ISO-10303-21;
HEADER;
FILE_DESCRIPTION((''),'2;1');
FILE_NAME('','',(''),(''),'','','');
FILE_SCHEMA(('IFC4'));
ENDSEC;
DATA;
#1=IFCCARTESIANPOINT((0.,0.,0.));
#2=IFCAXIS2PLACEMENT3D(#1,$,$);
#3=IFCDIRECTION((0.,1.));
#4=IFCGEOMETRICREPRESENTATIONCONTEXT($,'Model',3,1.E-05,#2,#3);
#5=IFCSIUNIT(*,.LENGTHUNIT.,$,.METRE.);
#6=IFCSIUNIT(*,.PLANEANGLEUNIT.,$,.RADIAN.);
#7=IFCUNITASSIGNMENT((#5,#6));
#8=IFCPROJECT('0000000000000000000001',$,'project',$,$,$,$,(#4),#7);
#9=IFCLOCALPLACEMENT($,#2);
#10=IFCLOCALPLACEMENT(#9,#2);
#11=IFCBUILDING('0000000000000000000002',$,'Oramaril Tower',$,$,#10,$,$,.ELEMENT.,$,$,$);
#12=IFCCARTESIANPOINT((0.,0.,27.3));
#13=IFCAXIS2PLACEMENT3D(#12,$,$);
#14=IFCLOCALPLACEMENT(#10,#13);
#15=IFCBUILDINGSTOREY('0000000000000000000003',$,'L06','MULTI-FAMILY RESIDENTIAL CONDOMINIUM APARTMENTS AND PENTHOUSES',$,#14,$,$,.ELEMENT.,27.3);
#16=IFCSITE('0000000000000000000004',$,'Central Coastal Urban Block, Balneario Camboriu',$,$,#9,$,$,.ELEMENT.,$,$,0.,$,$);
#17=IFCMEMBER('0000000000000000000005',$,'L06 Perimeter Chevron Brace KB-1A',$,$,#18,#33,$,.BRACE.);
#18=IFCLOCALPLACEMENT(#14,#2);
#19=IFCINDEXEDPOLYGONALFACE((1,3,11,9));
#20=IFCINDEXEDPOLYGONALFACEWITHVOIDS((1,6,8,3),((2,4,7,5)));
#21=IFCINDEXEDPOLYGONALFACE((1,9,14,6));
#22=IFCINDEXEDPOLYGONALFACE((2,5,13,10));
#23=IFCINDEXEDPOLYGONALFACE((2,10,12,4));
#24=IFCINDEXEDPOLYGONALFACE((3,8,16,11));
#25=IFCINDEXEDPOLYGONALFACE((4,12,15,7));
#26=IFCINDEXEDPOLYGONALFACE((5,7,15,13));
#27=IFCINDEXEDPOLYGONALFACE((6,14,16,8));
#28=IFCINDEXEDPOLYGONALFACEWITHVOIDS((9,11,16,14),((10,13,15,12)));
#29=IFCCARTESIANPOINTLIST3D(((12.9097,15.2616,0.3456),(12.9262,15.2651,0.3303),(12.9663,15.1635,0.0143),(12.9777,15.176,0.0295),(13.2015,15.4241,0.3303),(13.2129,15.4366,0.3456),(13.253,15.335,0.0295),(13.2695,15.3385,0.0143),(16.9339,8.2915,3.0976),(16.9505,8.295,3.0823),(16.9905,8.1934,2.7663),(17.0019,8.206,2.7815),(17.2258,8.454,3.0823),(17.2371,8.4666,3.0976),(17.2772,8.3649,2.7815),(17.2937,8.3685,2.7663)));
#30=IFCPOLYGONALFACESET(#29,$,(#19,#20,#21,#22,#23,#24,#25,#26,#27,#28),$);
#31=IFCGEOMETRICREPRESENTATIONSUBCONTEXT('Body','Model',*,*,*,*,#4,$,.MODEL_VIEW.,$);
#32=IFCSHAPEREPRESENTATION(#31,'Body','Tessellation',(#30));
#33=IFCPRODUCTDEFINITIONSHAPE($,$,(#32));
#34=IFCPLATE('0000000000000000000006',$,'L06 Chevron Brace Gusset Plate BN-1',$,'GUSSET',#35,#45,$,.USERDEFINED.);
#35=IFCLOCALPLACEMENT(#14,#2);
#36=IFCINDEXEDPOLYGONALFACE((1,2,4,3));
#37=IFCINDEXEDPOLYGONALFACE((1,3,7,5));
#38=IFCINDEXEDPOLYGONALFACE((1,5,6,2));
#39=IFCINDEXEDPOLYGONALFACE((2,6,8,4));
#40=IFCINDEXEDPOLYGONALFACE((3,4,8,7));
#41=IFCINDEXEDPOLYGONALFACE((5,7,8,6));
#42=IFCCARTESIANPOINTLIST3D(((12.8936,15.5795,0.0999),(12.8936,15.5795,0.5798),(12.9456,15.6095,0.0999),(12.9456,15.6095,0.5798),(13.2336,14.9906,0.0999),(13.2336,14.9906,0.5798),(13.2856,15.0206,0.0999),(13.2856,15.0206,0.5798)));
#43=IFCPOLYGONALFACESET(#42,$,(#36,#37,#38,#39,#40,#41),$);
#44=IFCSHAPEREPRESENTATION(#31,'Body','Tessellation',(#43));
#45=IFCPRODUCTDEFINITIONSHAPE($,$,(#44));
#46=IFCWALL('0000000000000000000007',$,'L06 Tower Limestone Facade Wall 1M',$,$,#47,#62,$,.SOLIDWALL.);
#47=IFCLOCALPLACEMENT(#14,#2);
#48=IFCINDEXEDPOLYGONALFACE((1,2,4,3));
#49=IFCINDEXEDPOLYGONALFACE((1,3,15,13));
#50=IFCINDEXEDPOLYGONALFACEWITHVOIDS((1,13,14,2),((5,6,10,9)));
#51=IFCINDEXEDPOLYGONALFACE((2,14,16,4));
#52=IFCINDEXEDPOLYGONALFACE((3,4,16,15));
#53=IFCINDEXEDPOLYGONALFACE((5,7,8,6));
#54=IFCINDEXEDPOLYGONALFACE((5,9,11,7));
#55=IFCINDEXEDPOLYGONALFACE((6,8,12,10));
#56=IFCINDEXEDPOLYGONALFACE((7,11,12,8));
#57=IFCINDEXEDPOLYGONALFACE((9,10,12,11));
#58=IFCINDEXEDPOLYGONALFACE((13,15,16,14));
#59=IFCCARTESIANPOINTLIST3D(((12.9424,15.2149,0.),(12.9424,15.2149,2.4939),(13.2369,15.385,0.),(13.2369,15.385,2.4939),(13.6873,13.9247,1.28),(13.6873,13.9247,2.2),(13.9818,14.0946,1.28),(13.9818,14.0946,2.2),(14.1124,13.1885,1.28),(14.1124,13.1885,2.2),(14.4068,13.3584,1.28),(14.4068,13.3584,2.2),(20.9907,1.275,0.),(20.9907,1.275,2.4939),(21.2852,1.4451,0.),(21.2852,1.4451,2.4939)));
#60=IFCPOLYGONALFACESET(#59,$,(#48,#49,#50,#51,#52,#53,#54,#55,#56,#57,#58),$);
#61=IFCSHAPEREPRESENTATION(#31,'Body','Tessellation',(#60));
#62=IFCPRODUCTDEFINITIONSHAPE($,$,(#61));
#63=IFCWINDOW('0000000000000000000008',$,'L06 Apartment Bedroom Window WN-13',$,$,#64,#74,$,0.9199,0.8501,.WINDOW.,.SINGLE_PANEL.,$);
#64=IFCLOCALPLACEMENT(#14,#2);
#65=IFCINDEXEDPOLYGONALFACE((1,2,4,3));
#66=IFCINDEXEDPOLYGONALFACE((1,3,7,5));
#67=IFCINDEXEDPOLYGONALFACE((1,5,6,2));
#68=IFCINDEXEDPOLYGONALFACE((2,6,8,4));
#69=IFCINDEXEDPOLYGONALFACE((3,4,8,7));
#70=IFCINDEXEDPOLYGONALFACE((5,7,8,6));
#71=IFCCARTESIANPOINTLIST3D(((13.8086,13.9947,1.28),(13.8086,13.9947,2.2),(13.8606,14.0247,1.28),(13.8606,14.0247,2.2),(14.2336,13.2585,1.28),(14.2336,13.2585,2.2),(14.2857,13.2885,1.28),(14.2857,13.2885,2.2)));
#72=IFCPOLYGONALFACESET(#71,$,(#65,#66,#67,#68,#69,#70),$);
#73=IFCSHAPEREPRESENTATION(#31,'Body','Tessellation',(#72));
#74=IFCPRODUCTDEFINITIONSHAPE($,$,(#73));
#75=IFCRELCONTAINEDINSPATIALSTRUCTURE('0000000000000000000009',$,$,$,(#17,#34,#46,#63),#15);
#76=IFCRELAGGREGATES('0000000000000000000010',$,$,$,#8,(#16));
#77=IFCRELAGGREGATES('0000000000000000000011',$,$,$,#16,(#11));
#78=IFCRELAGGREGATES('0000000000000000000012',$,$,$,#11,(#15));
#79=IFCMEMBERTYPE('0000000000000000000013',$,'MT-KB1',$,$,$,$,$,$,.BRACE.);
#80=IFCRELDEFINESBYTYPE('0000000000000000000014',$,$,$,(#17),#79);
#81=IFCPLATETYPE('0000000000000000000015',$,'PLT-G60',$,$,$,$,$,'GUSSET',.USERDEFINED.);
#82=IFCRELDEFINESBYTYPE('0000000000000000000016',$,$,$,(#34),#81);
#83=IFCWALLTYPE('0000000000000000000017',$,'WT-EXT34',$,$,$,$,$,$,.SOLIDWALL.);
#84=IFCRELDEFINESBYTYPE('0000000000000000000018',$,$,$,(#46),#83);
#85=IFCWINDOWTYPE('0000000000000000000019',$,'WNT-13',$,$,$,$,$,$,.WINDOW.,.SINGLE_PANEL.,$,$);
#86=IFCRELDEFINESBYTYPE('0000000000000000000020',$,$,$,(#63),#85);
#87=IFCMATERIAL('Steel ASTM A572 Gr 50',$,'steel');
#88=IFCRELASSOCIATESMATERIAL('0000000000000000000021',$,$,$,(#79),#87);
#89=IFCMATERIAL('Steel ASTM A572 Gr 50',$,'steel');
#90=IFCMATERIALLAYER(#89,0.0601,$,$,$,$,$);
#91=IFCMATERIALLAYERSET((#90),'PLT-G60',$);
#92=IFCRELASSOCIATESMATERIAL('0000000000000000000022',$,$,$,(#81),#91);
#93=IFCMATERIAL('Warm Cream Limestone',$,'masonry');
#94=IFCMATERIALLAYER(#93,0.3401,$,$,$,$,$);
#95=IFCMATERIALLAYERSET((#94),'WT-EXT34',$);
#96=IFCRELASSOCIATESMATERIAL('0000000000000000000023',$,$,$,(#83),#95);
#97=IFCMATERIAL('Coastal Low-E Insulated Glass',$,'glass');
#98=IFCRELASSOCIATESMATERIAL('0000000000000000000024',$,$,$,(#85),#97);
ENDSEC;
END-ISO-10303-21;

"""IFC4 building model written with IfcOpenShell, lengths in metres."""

from ifc_helpers import new_model, si_unit, direction, frame, frame_2d, origin, origin_2d, place, context, subcontext, project, spatial, rectangle, hollow_rectangle, extrude, material, layer, layer_set, material_profile, profile_set, type_object, element, fill, save


model = new_model("IFC4")

# Units and contexts
model_context = context("Model", 3, precision=1e-05, world=origin(), true_north=direction((0.0, 1.0)))
body_context = subcontext(model_context, "Body", "Model", "MODEL_VIEW")
ifc_project = project(units=[si_unit("LENGTHUNIT", "METRE"), si_unit("PLANEANGLEUNIT", "RADIAN")], contexts=[model_context])

# Site, building, storey
site_placement = place(None, origin())
site = spatial("IfcSite", under=ifc_project, at=site_placement, Name="Central Coastal Urban Block, Balneario Camboriu", CompositionType="ELEMENT", RefElevation=0.0)
building_placement = place(site_placement, origin())
building = spatial("IfcBuilding", under=site, at=building_placement, Name="Oramaril Tower", CompositionType="ELEMENT")
storey_placement = place(building_placement, frame((0.0, 0.0, 27.3)))
storey = spatial("IfcBuildingStorey", under=building, at=storey_placement, Name="L06", Description="MULTI-FAMILY RESIDENTIAL CONDOMINIUM APARTMENTS AND PENTHOUSES", CompositionType="ELEMENT", Elevation=27.3)

# Member
ifc_material_1 = material(Name="Steel ASTM A572 Gr 50", Category="steel")
ifc_material_profile_1 = material_profile(ifc_material_1, hollow_rectangle(XDim=0.3501, YDim=0.3501, WallThickness=0.0161, at=origin_2d()), Name="HSS350X350X16")
ifc_profile_set_1 = profile_set([ifc_material_profile_1], Name="Steel ASTM A572 Gr 50")
member_type = type_object("IfcMemberType", Name="MT-KB1", PredefinedType="BRACE", material=ifc_profile_set_1)
member_placement = place(storey_placement, frame((13.0896, 15.3, 0.1799), z_axis=(0.473112, -0.819443, 0.323541), x_axis=(0.866022, 0.500005, 0.0)))
element("IfcMember", 1, at=member_placement, inside=storey, type_object=member_type, Name="L06 Perimeter Chevron Brace KB-1A", PredefinedType="BRACE", context=body_context, shape_type="SweptSolid", body=[
    extrude(hollow_rectangle(XDim=0.3501, YDim=0.3501, WallThickness=0.0161, at=origin_2d()), origin(), (0.0, 0.0, 1.0), 8.5059),
])

# Plate
ifc_material_2 = material(Name="Steel ASTM A572 Gr 50", Category="steel")
ifc_layer_1 = layer(ifc_material_2, 0.0601)
ifc_layer_set_1 = layer_set([ifc_layer_1], Name="PLT-G60")
plate_type = type_object("IfcPlateType", Name="PLT-G60", ElementType="GUSSET", PredefinedType="USERDEFINED", material=ifc_layer_set_1)
plate_placement = place(storey_placement, frame((13.0896, 15.3, 0.0999), z_axis=(0.0, 0.0, 1.0), x_axis=(0.499997, -0.866027, 0.0)))
element("IfcPlate", 2, at=plate_placement, inside=storey, type_object=plate_type, Name="L06 Chevron Brace Gusset Plate BN-1", ObjectType="GUSSET", PredefinedType="USERDEFINED", context=body_context, shape_type="SweptSolid", body=[
    extrude(rectangle(XDim=0.6799, YDim=0.0601, at=origin_2d()), origin(), (0.0, 0.0, 1.0), 0.48),
])

# Wall, opening, window
ifc_material_3 = material(Name="Warm Cream Limestone", Category="masonry")
ifc_layer_2 = layer(ifc_material_3, 0.3401)
ifc_layer_set_2 = layer_set([ifc_layer_2], Name="WT-EXT34")
wall_type_1 = type_object("IfcWallType", Name="WT-EXT34", PredefinedType="SOLIDWALL", material=ifc_layer_set_2)
wall_1_placement = place(storey_placement, frame((13.0896, 15.3, 0.0), z_axis=(0.0, 0.0, 1.0), x_axis=(0.500005, -0.866022, 0.0)))
wall_1 = element("IfcWall", 3, at=wall_1_placement, inside=storey, type_object=wall_type_1, Name="L06 Tower Limestone Facade Wall 1M", PredefinedType="SOLIDWALL", context=body_context, shape_type="SweptSolid", body=[
    extrude(rectangle(XDim=16.0964, YDim=0.3401, at=frame_2d((8.0483, 0.0))), origin(), (0.0, 0.0, 1.0), 2.4939),
])
opening_1_placement = place(wall_1_placement, frame((1.49, 0.0, 1.28)))
opening_1 = element("IfcOpeningElement", 4, at=opening_1_placement, cuts=wall_1, PredefinedType="OPENING", context=body_context, shape_type="SweptSolid", body=[
    extrude(rectangle(XDim=0.8501, YDim=0.9199, at=frame_2d((0.425, 0.46))), frame((0.0, 0.1699, 0.0), z_axis=(0.0, -1.0, 0.0), x_axis=(1.0, 0.0, 0.0)), (0.0, 0.0, 1.0), 0.3401),
])
ifc_material_4 = material(Name="Coastal Low-E Insulated Glass", Category="glass")
window_type = type_object("IfcWindowType", Name="WNT-13", PartitioningType="SINGLE_PANEL", PredefinedType="WINDOW", material=ifc_material_4)
window_placement = place(opening_1_placement, origin())
window = element("IfcWindow", 5, at=window_placement, inside=storey, type_object=window_type, Name="L06 Apartment Bedroom Window WN-13", OverallHeight=0.9199, OverallWidth=0.8501, PartitioningType="SINGLE_PANEL", PredefinedType="WINDOW", context=body_context, shape_type="SweptSolid", body=[
    extrude(rectangle(XDim=0.8501, YDim=0.9199, at=frame_2d((0.425, 0.46))), frame((0.0, 0.03, 0.0), z_axis=(0.0, -1.0, 0.0), x_axis=(1.0, 0.0, 0.0)), (0.0, 0.0, 1.0), 0.0601),
])
fill(opening_1, window)

save(model, "model.ifc")
